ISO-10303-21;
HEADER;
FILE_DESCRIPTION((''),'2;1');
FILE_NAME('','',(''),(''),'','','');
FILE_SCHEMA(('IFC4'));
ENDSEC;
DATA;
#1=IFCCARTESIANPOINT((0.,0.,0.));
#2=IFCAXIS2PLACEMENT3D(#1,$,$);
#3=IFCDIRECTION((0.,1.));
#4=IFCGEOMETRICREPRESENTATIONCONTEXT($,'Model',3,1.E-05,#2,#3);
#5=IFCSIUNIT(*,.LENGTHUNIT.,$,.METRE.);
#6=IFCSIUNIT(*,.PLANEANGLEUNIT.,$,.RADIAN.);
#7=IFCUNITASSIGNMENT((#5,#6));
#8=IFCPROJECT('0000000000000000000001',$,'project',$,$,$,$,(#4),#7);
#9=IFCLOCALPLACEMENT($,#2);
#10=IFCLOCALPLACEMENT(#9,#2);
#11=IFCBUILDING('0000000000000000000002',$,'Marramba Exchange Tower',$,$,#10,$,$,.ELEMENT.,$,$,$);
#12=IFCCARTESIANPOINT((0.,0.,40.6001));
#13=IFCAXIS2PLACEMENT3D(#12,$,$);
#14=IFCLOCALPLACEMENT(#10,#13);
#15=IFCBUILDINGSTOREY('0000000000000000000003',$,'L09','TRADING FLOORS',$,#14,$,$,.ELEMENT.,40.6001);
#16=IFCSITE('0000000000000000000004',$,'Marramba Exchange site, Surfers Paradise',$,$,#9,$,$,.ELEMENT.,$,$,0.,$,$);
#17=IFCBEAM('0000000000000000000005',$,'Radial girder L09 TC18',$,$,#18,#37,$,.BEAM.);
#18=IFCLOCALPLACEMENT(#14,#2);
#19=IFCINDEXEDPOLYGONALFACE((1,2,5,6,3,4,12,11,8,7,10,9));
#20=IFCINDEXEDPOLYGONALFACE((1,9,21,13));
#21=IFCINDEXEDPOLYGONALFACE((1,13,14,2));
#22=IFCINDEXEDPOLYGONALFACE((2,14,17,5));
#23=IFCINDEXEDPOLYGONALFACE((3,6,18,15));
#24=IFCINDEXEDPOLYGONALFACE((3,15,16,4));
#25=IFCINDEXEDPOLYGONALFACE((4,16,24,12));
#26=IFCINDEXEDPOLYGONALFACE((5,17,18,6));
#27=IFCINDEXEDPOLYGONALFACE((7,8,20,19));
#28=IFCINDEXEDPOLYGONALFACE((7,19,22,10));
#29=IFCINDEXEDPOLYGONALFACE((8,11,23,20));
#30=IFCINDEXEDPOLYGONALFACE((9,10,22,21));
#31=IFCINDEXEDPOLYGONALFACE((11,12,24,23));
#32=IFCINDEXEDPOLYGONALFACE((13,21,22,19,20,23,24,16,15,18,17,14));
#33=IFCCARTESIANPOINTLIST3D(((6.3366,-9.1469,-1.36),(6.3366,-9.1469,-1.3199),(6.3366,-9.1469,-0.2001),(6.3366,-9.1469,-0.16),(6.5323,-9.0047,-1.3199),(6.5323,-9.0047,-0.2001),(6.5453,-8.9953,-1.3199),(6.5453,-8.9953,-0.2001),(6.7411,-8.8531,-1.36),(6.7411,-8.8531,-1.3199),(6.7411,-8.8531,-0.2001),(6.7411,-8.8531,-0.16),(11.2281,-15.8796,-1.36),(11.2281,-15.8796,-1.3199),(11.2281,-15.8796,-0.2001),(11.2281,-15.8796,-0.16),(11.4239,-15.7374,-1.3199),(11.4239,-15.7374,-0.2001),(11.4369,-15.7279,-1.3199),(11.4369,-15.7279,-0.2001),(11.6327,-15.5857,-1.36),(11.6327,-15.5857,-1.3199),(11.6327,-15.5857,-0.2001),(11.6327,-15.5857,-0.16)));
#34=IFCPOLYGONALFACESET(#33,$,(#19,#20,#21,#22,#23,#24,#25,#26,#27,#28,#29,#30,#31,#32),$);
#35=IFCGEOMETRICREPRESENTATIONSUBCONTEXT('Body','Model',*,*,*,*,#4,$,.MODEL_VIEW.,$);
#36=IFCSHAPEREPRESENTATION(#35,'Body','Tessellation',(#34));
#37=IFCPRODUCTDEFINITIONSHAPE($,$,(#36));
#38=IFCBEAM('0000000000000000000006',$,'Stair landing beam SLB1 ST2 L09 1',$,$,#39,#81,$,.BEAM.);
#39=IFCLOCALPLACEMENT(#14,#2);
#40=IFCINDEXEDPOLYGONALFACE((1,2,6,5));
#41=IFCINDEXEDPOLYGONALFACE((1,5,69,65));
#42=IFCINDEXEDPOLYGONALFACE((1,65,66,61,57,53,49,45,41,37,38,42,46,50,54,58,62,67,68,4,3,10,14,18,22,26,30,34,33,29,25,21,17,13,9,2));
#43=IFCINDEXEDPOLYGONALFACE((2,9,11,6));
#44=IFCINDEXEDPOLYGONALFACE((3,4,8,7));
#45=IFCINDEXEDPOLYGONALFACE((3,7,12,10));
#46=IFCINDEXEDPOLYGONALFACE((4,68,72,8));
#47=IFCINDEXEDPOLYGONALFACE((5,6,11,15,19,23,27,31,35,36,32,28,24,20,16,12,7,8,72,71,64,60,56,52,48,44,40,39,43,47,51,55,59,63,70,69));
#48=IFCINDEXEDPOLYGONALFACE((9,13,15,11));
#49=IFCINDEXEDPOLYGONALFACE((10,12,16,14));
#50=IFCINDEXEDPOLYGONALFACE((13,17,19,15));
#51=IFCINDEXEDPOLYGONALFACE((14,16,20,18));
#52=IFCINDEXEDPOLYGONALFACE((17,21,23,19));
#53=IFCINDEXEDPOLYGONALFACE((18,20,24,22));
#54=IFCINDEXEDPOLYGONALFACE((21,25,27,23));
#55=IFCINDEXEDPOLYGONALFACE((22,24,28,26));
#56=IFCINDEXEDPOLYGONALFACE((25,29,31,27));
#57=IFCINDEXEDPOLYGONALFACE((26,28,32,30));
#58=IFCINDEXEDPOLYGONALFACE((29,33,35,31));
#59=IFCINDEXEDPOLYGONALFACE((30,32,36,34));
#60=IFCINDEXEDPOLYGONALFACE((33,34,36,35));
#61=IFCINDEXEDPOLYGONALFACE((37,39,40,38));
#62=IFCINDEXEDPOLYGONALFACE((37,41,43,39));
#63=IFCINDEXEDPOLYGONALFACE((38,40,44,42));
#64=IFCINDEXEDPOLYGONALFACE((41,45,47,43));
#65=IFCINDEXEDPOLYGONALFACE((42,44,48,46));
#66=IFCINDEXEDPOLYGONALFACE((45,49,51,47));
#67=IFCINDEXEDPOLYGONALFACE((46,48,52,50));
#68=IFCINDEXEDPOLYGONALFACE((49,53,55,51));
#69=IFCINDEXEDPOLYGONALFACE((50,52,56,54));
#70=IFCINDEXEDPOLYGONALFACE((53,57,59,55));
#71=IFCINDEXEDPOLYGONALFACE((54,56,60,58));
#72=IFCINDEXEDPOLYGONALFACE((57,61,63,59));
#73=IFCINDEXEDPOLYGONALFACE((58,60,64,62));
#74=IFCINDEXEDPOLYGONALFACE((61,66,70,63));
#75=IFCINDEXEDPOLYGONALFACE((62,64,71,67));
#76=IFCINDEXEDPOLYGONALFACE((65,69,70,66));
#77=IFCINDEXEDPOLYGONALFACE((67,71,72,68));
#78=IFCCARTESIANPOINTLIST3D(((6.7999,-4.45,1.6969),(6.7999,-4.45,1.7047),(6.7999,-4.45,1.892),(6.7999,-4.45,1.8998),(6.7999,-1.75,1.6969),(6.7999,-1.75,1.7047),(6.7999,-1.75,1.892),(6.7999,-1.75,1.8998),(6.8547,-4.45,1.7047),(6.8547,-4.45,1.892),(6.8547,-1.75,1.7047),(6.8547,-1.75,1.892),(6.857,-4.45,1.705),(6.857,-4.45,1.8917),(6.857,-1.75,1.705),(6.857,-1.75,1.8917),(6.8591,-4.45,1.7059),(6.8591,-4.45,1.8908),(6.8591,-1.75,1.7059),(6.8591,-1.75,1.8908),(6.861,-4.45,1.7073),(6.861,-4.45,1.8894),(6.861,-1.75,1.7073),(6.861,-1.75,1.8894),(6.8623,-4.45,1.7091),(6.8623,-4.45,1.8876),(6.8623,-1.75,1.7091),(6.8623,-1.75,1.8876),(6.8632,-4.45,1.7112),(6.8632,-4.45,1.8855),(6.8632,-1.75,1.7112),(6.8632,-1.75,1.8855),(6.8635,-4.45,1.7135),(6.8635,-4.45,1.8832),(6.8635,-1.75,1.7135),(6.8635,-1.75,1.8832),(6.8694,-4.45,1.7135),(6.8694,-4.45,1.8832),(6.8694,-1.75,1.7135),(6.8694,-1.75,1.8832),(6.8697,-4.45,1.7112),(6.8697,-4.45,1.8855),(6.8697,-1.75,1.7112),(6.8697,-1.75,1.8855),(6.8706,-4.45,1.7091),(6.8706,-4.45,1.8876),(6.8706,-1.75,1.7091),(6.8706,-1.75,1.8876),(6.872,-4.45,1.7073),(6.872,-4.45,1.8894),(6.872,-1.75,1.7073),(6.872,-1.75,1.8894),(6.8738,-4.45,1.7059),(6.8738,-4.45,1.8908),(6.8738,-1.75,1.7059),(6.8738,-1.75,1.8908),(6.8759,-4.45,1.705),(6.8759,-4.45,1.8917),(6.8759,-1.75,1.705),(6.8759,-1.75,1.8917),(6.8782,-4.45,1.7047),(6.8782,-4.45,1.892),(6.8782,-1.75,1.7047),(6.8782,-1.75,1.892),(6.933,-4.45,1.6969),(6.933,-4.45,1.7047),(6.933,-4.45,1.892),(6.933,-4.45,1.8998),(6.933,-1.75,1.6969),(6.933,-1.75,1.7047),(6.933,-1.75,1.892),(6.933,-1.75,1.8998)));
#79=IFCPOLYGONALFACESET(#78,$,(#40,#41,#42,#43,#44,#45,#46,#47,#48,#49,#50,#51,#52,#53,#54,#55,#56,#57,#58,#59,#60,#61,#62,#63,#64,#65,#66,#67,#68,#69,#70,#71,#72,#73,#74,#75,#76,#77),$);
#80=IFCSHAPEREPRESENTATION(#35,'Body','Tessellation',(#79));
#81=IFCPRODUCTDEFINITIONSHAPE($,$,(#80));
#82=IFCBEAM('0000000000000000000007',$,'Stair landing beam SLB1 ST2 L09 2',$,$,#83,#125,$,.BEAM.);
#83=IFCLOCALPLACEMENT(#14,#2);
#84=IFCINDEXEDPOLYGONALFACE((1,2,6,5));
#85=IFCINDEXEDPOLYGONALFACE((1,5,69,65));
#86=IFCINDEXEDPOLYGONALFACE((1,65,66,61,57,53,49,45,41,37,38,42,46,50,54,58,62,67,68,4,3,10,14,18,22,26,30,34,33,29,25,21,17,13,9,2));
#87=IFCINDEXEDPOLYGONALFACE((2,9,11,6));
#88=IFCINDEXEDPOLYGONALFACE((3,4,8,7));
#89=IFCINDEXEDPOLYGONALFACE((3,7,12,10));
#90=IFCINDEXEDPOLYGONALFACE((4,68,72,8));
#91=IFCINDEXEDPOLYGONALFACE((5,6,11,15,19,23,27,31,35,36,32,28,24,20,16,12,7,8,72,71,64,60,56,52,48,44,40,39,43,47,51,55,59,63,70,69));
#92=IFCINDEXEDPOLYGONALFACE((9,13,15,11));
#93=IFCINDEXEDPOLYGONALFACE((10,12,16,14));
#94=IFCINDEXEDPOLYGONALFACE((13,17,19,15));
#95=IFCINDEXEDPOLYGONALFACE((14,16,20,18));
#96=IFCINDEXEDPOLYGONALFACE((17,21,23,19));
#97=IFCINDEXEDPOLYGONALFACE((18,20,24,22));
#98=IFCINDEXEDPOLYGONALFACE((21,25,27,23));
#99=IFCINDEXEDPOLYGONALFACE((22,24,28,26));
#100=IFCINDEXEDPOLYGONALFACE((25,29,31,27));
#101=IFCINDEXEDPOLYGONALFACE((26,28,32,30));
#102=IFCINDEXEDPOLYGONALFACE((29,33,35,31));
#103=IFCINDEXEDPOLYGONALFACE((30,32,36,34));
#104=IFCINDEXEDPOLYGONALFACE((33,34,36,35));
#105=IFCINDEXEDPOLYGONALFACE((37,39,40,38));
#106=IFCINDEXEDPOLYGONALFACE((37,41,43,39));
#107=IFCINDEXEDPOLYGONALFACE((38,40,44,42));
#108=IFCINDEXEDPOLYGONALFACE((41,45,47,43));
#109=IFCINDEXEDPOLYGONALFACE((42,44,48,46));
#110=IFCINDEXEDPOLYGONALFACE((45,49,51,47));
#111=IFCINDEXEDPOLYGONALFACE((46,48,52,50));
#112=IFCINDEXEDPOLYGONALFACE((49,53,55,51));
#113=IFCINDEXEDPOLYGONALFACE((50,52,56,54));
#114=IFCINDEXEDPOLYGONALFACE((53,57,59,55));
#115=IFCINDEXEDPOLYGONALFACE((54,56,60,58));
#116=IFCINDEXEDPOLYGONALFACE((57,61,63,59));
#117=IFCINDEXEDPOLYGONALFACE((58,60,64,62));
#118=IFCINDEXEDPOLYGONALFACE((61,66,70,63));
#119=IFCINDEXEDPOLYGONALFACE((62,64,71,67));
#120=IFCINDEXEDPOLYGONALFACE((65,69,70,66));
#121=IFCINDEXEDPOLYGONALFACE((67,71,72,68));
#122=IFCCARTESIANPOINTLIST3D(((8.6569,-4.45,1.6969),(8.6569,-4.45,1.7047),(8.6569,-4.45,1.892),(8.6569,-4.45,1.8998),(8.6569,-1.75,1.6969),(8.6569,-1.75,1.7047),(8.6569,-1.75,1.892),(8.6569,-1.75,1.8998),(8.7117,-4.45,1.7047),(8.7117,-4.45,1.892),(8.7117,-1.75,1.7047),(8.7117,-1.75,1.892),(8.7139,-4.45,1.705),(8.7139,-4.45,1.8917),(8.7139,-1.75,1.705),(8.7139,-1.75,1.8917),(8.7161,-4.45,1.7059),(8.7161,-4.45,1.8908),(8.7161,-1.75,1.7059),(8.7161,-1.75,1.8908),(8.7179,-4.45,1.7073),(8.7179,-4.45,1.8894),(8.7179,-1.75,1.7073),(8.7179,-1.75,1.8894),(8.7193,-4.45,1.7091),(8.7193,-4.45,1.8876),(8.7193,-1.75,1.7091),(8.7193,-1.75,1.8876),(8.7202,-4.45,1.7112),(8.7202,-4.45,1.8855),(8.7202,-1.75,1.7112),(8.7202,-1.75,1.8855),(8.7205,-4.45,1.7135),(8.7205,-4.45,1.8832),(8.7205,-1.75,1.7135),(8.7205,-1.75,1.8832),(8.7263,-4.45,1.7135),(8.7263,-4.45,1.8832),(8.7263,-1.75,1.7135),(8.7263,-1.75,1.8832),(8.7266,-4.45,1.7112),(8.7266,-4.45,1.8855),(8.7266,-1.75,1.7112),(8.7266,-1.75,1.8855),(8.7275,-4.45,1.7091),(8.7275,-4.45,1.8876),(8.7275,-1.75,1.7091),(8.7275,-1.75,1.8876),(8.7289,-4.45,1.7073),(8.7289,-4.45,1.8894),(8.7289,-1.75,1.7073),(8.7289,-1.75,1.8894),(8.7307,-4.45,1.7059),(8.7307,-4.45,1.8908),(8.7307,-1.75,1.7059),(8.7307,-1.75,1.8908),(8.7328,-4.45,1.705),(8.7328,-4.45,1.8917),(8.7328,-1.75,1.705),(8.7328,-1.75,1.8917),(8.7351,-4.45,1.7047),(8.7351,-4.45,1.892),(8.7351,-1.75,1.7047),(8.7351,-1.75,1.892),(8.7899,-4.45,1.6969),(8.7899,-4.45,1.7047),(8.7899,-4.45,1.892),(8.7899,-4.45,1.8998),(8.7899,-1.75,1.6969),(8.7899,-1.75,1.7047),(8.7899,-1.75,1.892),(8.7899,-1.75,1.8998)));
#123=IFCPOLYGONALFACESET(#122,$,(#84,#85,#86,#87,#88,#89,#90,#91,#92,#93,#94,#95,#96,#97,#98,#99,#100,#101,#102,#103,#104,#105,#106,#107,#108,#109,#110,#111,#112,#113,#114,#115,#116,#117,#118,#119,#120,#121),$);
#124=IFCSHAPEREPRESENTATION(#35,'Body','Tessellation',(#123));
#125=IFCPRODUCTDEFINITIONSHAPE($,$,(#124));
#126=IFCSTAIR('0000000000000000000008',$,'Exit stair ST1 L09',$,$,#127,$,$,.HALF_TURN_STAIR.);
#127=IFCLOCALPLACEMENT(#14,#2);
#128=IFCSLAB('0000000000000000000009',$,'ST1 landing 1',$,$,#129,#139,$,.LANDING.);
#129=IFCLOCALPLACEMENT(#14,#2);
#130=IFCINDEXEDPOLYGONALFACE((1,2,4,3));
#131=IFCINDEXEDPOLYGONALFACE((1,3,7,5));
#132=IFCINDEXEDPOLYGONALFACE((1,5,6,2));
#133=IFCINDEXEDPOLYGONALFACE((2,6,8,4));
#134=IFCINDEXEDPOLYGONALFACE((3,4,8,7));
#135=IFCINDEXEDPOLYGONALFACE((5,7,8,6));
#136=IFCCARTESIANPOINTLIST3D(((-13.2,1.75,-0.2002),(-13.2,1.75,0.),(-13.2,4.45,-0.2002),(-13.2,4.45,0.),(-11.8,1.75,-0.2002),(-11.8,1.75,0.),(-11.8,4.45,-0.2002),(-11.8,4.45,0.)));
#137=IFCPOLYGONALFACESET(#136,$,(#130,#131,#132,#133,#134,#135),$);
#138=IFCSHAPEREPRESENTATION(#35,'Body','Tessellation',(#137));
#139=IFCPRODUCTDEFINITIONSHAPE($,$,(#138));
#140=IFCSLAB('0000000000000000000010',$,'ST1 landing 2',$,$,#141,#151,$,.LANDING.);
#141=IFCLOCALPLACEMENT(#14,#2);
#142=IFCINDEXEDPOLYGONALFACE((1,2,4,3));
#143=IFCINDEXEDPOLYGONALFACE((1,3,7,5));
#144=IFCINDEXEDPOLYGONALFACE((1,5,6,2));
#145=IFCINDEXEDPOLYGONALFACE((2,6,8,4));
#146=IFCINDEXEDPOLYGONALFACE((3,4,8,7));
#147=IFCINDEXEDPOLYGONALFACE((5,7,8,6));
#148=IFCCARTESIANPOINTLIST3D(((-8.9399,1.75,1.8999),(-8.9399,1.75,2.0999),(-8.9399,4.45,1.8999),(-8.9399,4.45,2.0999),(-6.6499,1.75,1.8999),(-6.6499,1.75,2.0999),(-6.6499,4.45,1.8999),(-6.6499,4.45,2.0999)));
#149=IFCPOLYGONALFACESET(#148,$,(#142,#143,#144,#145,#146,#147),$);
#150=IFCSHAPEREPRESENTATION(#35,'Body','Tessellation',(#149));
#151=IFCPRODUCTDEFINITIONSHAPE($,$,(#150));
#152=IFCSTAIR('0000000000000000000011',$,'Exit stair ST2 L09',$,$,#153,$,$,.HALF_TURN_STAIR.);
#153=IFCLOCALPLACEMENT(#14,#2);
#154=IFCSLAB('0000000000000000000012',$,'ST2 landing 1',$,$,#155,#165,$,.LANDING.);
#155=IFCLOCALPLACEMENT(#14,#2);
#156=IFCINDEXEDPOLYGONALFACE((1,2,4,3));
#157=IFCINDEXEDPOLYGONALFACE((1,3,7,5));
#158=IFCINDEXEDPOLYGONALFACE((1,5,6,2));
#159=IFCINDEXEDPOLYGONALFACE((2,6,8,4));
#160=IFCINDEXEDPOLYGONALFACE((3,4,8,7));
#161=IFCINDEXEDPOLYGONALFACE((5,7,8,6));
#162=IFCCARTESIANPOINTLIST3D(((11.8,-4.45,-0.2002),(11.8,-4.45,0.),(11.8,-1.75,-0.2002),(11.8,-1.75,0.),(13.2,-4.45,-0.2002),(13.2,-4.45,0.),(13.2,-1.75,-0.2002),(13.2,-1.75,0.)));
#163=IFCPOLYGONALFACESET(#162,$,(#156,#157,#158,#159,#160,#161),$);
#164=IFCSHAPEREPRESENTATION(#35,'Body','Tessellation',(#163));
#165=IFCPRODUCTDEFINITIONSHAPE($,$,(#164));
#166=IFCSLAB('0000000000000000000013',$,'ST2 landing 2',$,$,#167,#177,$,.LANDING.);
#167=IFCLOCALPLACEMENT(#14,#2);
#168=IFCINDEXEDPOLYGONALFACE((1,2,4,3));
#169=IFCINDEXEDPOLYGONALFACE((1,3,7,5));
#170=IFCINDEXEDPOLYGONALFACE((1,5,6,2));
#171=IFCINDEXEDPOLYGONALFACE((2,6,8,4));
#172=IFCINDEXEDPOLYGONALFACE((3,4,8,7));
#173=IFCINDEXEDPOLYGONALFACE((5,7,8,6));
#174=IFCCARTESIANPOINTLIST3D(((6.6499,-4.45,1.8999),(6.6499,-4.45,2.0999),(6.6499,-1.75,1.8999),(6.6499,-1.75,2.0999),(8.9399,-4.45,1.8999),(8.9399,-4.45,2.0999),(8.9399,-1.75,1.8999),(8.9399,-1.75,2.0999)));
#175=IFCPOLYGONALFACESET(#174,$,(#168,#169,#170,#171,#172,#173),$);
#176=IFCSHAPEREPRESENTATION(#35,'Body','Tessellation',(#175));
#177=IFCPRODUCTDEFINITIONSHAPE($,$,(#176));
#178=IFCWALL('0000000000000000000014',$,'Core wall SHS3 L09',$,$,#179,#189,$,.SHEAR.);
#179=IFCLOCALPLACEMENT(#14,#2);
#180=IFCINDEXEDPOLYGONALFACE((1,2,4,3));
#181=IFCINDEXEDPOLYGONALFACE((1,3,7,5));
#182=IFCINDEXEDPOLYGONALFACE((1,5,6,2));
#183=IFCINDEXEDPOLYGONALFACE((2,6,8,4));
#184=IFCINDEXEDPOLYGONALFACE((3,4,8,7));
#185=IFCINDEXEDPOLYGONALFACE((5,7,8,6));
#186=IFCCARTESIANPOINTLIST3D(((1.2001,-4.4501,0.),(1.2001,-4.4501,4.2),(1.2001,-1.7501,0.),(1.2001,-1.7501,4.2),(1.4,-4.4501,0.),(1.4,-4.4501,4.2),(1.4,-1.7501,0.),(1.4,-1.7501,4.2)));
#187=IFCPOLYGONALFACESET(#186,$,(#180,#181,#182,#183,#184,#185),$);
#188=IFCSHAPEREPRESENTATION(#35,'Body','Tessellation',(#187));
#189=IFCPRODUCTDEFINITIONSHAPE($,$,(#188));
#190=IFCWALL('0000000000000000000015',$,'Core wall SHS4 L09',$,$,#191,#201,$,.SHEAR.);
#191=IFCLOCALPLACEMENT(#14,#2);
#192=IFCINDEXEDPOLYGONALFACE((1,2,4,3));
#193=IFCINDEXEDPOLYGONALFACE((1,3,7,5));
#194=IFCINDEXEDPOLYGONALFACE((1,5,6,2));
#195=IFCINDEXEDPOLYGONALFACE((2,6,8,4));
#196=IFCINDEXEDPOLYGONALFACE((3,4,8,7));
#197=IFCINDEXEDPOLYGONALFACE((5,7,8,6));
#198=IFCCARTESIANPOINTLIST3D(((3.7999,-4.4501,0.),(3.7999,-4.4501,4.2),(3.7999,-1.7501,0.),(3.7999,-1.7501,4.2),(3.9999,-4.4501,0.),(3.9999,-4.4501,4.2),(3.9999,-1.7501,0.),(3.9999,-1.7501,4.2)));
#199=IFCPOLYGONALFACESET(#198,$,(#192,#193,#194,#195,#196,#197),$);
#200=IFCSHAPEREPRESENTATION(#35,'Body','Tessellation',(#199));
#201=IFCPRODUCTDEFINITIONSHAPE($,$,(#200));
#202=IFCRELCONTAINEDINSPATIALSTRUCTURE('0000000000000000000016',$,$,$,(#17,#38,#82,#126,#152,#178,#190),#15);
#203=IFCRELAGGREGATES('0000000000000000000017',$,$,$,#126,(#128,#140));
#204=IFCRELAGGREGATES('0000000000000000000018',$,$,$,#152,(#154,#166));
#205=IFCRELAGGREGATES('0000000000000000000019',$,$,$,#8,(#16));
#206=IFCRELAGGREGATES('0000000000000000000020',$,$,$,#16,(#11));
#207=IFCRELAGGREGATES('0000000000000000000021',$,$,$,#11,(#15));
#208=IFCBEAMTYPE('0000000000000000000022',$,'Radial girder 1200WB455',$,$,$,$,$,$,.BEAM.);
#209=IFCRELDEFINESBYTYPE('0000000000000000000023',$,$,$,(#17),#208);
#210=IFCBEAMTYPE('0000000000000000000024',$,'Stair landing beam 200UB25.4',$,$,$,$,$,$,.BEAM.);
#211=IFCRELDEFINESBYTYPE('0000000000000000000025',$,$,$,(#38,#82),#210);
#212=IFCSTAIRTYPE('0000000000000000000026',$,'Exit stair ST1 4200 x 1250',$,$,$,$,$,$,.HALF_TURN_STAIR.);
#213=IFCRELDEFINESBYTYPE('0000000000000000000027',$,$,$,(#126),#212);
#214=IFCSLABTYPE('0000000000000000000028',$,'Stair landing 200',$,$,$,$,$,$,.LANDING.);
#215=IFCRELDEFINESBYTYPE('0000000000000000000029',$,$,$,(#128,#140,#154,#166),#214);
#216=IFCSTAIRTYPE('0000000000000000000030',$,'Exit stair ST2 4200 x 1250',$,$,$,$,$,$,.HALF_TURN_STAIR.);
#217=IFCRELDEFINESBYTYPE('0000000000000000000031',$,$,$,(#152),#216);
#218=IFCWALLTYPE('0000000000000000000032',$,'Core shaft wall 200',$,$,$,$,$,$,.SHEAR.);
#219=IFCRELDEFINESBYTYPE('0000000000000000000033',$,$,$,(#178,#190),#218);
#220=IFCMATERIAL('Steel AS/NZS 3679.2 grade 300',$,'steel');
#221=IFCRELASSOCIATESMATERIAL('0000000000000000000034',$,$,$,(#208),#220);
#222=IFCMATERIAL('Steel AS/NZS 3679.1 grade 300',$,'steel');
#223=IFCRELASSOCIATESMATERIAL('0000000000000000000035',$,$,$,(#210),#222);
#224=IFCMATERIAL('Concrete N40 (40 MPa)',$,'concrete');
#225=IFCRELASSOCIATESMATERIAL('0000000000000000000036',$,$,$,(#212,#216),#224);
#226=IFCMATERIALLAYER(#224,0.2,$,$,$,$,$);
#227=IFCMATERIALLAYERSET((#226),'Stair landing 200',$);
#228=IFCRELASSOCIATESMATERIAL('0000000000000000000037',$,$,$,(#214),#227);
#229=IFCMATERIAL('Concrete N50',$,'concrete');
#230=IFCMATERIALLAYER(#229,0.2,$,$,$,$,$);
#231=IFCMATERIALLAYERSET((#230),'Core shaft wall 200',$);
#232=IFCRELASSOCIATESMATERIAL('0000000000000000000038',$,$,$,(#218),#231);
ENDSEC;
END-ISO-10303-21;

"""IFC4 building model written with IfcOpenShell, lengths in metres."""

from ifc_helpers import new_model, si_unit, direction, frame, frame_2d, origin, origin_2d, place, context, subcontext, project, spatial, polyline, rectangle, i_section, outline, extrude, material, layer, layer_set, material_profile, profile_set, type_object, element, aggregate, save


model = new_model("IFC4")

# Units and contexts
model_context = context("Model", 3, precision=1e-05, world=origin(), true_north=direction((0.0, 1.0)))
body_context = subcontext(model_context, "Body", "Model", "MODEL_VIEW")
ifc_project = project(units=[si_unit("LENGTHUNIT", "METRE"), si_unit("PLANEANGLEUNIT", "RADIAN")], contexts=[model_context])

# Site, building, storey
site_placement = place(None, origin())
site = spatial("IfcSite", under=ifc_project, at=site_placement, Name="Marramba Exchange site, Surfers Paradise", CompositionType="ELEMENT", RefElevation=0.0)
building_placement = place(site_placement, origin())
building = spatial("IfcBuilding", under=site, at=building_placement, Name="Marramba Exchange Tower", CompositionType="ELEMENT")
storey_placement = place(building_placement, frame((0.0, 0.0, 40.6001)))
storey = spatial("IfcBuildingStorey", under=building, at=storey_placement, Name="L09", Description="TRADING FLOORS", CompositionType="ELEMENT", Elevation=40.6001)

# Beams
ifc_material_1 = material(Name="Steel AS/NZS 3679.2 grade 300", Category="steel")
ifc_material_profile_1 = material_profile(ifc_material_1, i_section(OverallWidth=0.5, OverallDepth=1.2, WebThickness=0.0161, FlangeThickness=0.04, at=origin_2d()), Name="1200WB455")
ifc_profile_set_1 = profile_set([ifc_material_profile_1], Name="Steel AS/NZS 3679.2 grade 300")
beam_type_1 = type_object("IfcBeamType", Name="Radial girder 1200WB455", PredefinedType="BEAM", material=ifc_profile_set_1)
beam_placement = place(storey_placement, frame((6.5388, -9.0, -0.76), z_axis=(0.587788, -0.809015, 0.0), x_axis=(0.809015, 0.587788, 0.0)))
element("IfcBeam", 1, at=beam_placement, inside=storey, type_object=beam_type_1, Name="Radial girder L09 TC18", PredefinedType="BEAM", context=body_context, shape_type="SweptSolid", body=[
    extrude(i_section(OverallWidth=0.5, OverallDepth=1.2, WebThickness=0.0161, FlangeThickness=0.04, at=origin_2d()), origin(), (0.0, 0.0, 1.0), 8.322),
])
ifc_material_2 = material(Name="Steel AS/NZS 3679.1 grade 300", Category="steel")
ifc_material_profile_2 = material_profile(ifc_material_2, i_section(OverallWidth=0.1331, OverallDepth=0.2029, WebThickness=0.0059, FlangeThickness=0.0078, FilletRadius=0.0088, at=origin_2d()), Name="200UB25.4")
ifc_profile_set_2 = profile_set([ifc_material_profile_2], Name="Steel AS/NZS 3679.1 grade 300")
beam_type_2 = type_object("IfcBeamType", Name="Stair landing beam 200UB25.4", PredefinedType="BEAM", material=ifc_profile_set_2)
for number, where, z_axis, x_axis, name in (
    (2, (6.8665, -4.45, 1.7983), (0.0, 1.0, 0.0), (-1.0, 0.0, 0.0), "Stair landing beam SLB1 ST2 L09 1"),
    (3, (8.7234, -4.45, 1.7983), (0.0, 1.0, 0.0), (-1.0, 0.0, 0.0), "Stair landing beam SLB1 ST2 L09 2"),
):
    element("IfcBeam", number, at=place(storey_placement, frame(where, z_axis=z_axis, x_axis=x_axis)), inside=storey, type_object=beam_type_2, Name=name, PredefinedType="BEAM", context=body_context, shape_type="SweptSolid", body=[
        extrude(i_section(OverallWidth=0.1331, OverallDepth=0.2029, WebThickness=0.0059, FlangeThickness=0.0078, FilletRadius=0.0088, at=origin_2d()), origin(), (0.0, 0.0, 1.0), 2.7),
    ])

# Stairs, slabs
ifc_material_3 = material(Name="Concrete N40 (40 MPa)", Category="concrete")
stair_type_1 = type_object("IfcStairType", Name="Exit stair ST1 4200 x 1250", PredefinedType="HALF_TURN_STAIR", material=ifc_material_3)
stair_1_placement = place(storey_placement, origin())
stair_1 = element("IfcStair", 4, at=stair_1_placement, inside=storey, type_object=stair_type_1, Name="Exit stair ST1 L09", PredefinedType="HALF_TURN_STAIR")
ifc_layer_1 = layer(ifc_material_3, 0.2)
ifc_layer_set_1 = layer_set([ifc_layer_1], Name="Stair landing 200")
slab_type = type_object("IfcSlabType", Name="Stair landing 200", PredefinedType="LANDING", material=ifc_layer_set_1)
slab_1_placement = place(storey_placement, frame((0.0, 0.0, -0.2002)))
slab_1 = element("IfcSlab", 5, at=slab_1_placement, type_object=slab_type, Name="ST1 landing 1", PredefinedType="LANDING", context=body_context, shape_type="SweptSolid", body=[
    extrude(outline(polyline([(-13.2, 1.75), (-11.8, 1.75), (-11.8, 4.45), (-13.2, 4.45), (-13.2, 1.75)])), origin(), (0.0, 0.0, 1.0), 0.2002),
])
slab_2_placement = place(storey_placement, frame((0.0, 0.0, 1.8999)))
slab_2 = element("IfcSlab", 6, at=slab_2_placement, type_object=slab_type, Name="ST1 landing 2", PredefinedType="LANDING", context=body_context, shape_type="SweptSolid", body=[
    extrude(outline(polyline([(-8.9399, 1.75), (-6.6499, 1.75), (-6.6499, 4.45), (-8.9399, 4.45), (-8.9399, 1.75)])), origin(), (0.0, 0.0, 1.0), 0.2),
])
aggregate(stair_1, [slab_1, slab_2])
stair_type_2 = type_object("IfcStairType", Name="Exit stair ST2 4200 x 1250", PredefinedType="HALF_TURN_STAIR", material=ifc_material_3)
stair_2_placement = place(storey_placement, origin())
stair_2 = element("IfcStair", 7, at=stair_2_placement, inside=storey, type_object=stair_type_2, Name="Exit stair ST2 L09", PredefinedType="HALF_TURN_STAIR")
slab_3_placement = place(storey_placement, frame((0.0, 0.0, -0.2002)))
slab_3 = element("IfcSlab", 8, at=slab_3_placement, type_object=slab_type, Name="ST2 landing 1", PredefinedType="LANDING", context=body_context, shape_type="SweptSolid", body=[
    extrude(outline(polyline([(11.8, -4.45), (13.2, -4.45), (13.2, -1.75), (11.8, -1.75), (11.8, -4.45)])), origin(), (0.0, 0.0, 1.0), 0.2002),
])
slab_4_placement = place(storey_placement, frame((0.0, 0.0, 1.8999)))
slab_4 = element("IfcSlab", 9, at=slab_4_placement, type_object=slab_type, Name="ST2 landing 2", PredefinedType="LANDING", context=body_context, shape_type="SweptSolid", body=[
    extrude(outline(polyline([(6.6499, -4.45), (8.9399, -4.45), (8.9399, -1.75), (6.6499, -1.75), (6.6499, -4.45)])), origin(), (0.0, 0.0, 1.0), 0.2),
])

# Walls
ifc_material_4 = material(Name="Concrete N50", Category="concrete")
ifc_layer_2 = layer(ifc_material_4, 0.2)
ifc_layer_set_2 = layer_set([ifc_layer_2], Name="Core shaft wall 200")
wall_type_1 = type_object("IfcWallType", Name="Core shaft wall 200", PredefinedType="SHEAR", material=ifc_layer_set_2)
for number, where, z_axis, x_axis, name in (
    (10, (1.3, -1.75, 0.0), (0.0, 0.0, 1.0), (0.0, -1.0, 0.0), "Core wall SHS3 L09"),
    (11, (3.8999, -1.75, 0.0), (0.0, 0.0, 1.0), (0.0, -1.0, 0.0), "Core wall SHS4 L09"),
):
    element("IfcWall", number, at=place(storey_placement, frame(where, z_axis=z_axis, x_axis=x_axis)), inside=storey, type_object=wall_type_1, Name=name, PredefinedType="SHEAR", context=body_context, shape_type="SweptSolid", body=[
        extrude(rectangle(XDim=2.7, YDim=0.2, at=frame_2d((1.3501, 0.0))), origin(), (0.0, 0.0, 1.0), 4.2),
    ])

aggregate(stair_2, [slab_3, slab_4])

save(model, "model.ifc")
